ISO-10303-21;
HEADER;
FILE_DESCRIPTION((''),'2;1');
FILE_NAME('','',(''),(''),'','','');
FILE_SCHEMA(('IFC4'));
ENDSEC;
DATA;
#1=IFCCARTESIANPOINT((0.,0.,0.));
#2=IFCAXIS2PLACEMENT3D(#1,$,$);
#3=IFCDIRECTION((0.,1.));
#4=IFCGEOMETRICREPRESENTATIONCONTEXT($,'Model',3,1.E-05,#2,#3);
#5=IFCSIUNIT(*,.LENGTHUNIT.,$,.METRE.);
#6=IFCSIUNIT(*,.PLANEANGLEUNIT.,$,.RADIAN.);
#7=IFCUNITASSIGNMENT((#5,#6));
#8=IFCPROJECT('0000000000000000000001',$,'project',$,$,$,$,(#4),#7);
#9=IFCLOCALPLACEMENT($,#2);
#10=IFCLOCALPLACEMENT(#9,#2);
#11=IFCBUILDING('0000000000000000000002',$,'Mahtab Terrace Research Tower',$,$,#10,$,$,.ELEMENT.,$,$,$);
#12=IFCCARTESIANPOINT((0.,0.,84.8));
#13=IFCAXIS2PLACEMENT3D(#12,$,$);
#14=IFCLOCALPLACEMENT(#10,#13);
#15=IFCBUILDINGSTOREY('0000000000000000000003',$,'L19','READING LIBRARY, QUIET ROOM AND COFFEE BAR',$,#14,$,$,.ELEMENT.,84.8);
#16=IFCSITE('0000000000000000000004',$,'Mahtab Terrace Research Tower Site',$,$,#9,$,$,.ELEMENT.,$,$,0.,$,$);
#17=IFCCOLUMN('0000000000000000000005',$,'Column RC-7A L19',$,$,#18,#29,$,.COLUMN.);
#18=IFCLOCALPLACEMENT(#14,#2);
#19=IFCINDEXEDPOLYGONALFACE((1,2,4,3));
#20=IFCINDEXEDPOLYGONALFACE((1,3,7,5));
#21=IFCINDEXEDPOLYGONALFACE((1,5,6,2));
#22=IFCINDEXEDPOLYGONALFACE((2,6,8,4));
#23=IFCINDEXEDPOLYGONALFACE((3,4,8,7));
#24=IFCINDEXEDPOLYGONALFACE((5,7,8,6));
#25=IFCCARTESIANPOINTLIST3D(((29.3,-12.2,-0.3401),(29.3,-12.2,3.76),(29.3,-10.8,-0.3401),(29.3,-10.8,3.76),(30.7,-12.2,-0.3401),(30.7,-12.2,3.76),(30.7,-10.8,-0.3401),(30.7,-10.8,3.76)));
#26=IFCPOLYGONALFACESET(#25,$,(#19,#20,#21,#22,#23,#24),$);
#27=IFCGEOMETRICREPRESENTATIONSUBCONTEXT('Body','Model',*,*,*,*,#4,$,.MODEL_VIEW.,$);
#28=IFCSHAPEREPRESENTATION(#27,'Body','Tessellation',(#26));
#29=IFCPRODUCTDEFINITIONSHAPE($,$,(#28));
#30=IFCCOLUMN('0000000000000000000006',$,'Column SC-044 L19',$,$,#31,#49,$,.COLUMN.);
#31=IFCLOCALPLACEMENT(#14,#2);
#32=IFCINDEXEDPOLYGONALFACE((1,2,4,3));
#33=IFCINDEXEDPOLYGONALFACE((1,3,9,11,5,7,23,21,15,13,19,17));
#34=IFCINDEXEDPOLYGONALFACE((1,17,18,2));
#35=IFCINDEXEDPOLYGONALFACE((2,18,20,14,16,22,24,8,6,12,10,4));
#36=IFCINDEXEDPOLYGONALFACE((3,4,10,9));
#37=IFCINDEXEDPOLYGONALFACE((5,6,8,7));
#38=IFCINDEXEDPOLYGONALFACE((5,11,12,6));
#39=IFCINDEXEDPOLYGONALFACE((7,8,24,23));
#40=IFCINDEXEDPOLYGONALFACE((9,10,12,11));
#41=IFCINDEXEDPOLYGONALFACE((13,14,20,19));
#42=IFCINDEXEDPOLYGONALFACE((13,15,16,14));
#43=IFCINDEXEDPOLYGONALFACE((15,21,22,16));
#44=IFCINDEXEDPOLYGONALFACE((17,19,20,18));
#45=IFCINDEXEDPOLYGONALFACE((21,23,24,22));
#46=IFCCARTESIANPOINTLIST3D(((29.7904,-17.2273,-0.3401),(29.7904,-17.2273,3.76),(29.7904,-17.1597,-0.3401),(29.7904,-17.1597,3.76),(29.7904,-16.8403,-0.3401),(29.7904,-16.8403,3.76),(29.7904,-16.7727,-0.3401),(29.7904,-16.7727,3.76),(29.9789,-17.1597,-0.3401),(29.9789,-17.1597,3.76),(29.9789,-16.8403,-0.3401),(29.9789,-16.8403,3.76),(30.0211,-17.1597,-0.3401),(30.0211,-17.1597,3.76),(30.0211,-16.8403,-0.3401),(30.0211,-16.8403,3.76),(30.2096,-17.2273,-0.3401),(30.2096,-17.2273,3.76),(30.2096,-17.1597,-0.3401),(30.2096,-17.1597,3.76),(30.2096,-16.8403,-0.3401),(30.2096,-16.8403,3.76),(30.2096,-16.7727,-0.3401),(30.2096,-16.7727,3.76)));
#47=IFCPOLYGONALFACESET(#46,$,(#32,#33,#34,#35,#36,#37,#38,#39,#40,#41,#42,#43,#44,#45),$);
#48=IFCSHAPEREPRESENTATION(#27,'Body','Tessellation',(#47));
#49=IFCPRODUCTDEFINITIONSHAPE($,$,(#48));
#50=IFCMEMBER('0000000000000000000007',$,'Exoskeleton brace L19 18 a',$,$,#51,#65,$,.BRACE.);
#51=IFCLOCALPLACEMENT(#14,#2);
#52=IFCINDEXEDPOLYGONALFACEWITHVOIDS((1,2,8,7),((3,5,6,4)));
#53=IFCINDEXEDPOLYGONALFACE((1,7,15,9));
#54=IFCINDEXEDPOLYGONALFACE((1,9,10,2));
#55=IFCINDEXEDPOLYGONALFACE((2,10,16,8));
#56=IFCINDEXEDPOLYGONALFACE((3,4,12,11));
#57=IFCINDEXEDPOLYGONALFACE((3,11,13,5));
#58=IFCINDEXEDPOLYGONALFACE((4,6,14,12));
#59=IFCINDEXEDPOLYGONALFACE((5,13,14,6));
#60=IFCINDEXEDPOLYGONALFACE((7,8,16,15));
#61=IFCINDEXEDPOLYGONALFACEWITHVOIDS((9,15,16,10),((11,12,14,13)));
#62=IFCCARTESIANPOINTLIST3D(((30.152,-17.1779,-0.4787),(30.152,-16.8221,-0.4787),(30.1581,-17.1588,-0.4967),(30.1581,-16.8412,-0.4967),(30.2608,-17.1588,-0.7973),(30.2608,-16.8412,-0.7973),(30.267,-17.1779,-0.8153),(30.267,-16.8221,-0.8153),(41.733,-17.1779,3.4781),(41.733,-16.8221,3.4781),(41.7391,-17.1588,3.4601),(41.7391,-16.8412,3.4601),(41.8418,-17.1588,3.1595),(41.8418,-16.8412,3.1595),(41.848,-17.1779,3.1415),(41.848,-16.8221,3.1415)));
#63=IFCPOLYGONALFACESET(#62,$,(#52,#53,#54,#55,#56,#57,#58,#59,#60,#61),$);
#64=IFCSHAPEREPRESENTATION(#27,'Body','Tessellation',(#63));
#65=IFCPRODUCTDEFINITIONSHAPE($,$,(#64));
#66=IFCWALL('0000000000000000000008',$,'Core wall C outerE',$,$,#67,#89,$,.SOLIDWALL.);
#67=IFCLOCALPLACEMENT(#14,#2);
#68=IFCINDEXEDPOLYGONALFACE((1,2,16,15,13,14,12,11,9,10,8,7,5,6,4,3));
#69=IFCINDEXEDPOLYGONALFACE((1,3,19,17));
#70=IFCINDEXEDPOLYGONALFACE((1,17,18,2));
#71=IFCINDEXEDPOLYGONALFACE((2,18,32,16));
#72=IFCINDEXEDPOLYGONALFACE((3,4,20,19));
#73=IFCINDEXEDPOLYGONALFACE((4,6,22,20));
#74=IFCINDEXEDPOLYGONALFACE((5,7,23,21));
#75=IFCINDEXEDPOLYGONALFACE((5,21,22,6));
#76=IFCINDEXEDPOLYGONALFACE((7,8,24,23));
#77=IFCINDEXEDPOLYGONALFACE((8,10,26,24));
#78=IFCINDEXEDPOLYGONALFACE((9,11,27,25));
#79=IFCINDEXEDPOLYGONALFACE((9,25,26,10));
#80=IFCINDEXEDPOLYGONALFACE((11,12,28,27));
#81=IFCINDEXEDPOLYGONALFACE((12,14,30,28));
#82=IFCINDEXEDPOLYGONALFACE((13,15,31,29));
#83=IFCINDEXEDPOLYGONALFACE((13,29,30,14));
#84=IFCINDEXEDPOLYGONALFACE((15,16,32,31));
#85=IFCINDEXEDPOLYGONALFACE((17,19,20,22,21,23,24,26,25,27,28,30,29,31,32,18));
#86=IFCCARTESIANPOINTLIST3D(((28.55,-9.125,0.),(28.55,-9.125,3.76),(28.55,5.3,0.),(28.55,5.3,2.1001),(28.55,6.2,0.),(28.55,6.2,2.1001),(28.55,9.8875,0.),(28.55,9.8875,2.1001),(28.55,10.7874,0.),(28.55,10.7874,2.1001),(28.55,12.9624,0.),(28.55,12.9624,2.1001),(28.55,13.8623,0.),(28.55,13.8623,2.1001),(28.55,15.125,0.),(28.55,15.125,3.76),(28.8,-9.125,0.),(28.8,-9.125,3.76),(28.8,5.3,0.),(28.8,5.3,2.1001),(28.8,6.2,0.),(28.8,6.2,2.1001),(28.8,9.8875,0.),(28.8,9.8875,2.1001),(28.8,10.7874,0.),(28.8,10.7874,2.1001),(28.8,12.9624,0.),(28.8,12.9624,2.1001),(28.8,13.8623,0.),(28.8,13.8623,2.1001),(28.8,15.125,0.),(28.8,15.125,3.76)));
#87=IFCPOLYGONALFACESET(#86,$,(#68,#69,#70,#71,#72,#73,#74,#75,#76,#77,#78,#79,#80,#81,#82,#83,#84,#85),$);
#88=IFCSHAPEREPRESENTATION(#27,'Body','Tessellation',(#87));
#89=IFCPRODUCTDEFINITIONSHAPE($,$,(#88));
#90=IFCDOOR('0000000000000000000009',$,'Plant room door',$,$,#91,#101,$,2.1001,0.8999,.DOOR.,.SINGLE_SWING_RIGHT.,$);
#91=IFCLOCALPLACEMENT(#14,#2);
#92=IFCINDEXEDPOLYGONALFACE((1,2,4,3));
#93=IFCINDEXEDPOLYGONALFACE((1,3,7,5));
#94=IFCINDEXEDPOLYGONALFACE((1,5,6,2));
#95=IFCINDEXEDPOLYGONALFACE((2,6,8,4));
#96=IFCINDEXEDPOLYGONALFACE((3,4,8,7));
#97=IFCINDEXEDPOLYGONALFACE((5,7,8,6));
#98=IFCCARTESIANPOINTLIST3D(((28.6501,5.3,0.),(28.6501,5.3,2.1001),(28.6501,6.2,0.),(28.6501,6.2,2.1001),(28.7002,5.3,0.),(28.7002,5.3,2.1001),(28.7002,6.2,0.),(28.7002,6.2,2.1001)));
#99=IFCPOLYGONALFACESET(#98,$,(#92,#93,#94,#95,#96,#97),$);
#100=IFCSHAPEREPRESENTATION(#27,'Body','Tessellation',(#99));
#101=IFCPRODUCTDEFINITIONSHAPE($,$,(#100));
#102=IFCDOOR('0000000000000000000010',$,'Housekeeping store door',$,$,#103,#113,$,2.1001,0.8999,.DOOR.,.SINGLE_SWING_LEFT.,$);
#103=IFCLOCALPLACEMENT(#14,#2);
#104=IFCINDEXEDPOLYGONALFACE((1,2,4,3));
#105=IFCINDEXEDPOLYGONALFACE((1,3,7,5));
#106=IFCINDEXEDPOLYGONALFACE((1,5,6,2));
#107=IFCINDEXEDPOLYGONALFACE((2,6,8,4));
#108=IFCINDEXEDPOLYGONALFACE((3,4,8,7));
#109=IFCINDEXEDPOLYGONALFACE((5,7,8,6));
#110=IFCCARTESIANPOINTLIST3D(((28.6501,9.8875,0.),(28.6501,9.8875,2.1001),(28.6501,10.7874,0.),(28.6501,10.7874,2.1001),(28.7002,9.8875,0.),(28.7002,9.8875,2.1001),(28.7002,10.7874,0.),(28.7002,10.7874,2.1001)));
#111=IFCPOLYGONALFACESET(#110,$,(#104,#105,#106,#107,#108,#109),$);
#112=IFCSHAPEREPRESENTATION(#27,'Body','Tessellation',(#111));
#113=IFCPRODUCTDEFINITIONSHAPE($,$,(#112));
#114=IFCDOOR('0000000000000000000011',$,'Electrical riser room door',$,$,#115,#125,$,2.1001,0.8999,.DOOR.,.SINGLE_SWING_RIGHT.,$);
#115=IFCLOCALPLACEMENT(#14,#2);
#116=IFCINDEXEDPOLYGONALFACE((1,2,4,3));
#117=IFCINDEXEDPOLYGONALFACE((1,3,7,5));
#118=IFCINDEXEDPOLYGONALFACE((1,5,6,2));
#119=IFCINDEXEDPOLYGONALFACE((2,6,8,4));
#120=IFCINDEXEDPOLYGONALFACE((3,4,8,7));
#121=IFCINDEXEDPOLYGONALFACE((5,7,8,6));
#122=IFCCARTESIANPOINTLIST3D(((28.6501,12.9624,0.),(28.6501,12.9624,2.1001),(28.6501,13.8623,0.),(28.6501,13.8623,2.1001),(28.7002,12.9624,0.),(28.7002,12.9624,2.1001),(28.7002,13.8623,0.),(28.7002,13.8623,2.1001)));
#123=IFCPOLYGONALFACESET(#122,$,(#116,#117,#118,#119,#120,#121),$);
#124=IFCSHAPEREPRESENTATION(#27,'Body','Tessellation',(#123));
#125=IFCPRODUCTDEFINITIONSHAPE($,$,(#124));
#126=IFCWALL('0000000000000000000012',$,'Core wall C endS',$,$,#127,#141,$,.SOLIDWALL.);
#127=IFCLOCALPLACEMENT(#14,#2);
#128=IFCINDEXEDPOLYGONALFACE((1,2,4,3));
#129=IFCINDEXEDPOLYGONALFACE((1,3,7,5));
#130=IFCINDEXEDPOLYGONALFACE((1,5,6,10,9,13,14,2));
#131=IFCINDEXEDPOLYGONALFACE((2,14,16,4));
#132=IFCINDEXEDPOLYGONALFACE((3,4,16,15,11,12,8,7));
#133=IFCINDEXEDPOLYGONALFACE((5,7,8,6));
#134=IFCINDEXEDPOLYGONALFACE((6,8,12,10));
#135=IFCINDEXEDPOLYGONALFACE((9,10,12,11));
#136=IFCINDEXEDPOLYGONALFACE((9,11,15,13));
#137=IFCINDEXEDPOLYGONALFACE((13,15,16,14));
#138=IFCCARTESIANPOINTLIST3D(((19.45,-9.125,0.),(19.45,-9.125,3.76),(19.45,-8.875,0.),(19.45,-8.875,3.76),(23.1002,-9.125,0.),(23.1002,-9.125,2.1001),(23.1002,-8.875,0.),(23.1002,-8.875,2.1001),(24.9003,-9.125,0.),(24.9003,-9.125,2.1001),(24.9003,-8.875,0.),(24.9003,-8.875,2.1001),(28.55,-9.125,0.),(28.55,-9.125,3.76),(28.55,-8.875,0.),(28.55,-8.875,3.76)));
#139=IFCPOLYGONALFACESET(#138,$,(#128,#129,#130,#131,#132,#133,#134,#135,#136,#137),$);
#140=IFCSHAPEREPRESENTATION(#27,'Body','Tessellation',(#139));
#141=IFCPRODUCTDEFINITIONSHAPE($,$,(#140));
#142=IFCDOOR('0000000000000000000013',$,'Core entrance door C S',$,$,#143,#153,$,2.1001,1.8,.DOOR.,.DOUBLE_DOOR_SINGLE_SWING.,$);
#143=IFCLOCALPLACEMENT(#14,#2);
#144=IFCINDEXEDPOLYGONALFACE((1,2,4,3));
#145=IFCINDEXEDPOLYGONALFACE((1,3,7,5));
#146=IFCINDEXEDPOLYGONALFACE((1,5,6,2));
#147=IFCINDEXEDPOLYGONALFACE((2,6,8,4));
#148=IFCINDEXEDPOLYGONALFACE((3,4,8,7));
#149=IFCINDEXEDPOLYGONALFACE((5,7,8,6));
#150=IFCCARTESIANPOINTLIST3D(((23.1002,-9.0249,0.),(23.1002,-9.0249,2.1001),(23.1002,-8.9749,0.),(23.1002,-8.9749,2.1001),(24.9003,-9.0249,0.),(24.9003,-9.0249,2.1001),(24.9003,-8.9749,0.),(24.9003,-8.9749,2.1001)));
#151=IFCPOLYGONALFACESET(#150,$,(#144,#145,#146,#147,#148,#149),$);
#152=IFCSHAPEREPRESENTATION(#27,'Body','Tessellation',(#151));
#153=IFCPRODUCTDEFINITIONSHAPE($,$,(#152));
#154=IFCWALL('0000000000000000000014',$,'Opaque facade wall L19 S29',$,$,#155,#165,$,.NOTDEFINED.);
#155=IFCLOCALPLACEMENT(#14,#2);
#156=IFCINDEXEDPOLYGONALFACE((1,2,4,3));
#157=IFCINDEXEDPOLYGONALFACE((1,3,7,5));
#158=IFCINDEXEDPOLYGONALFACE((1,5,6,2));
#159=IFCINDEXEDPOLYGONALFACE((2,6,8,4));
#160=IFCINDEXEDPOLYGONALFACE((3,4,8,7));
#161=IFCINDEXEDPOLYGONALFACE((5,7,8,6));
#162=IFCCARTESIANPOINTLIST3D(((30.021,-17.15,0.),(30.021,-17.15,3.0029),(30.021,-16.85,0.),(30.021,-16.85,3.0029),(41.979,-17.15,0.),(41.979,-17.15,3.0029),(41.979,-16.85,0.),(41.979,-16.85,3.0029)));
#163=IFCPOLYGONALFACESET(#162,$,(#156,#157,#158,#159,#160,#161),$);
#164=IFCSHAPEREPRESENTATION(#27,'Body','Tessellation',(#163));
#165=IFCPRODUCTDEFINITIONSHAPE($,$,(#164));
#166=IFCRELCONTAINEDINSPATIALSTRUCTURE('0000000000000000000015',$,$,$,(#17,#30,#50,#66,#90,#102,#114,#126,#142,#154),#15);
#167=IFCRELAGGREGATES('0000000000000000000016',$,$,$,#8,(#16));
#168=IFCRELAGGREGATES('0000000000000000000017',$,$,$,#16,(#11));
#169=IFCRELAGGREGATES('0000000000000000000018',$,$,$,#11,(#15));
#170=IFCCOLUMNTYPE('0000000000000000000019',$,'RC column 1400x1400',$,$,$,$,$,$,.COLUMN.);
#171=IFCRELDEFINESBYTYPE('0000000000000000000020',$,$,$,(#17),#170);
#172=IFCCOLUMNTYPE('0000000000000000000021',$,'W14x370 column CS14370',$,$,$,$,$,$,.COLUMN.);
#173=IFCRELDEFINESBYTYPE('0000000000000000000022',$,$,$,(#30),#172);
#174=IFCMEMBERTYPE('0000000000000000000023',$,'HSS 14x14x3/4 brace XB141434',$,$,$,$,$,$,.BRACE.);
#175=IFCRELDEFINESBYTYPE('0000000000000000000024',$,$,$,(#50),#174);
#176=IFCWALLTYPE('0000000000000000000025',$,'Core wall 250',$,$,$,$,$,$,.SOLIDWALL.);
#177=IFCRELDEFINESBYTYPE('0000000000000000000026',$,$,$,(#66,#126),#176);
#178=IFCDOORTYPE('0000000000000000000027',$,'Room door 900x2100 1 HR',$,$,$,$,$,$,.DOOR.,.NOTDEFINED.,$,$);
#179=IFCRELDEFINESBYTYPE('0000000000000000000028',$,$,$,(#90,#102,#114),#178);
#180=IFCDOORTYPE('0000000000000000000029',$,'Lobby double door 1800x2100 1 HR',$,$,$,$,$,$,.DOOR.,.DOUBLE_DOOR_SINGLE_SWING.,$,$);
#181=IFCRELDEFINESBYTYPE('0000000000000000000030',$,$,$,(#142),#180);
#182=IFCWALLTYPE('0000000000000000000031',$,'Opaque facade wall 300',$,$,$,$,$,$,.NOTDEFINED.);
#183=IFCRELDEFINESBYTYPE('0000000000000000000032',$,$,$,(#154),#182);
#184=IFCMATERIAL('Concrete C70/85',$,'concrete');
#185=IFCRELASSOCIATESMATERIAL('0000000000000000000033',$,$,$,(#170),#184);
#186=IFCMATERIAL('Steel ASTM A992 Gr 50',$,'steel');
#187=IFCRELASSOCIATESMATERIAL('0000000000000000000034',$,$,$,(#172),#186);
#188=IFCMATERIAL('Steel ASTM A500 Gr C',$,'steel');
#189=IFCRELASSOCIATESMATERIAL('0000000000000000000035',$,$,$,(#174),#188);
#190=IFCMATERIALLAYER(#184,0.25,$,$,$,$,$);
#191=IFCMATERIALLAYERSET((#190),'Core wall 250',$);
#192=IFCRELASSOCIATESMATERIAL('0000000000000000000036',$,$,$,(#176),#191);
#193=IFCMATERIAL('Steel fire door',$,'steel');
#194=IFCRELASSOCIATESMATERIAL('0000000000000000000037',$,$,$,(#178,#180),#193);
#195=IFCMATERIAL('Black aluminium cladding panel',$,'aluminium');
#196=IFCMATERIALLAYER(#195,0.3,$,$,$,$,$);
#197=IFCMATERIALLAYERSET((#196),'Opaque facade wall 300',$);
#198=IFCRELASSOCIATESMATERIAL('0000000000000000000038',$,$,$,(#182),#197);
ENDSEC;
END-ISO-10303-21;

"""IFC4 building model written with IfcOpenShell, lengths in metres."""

from ifc_helpers import new_model, si_unit, direction, frame, frame_2d, origin, origin_2d, place, context, subcontext, project, spatial, rectangle, hollow_rectangle, i_section, extrude, material, layer, layer_set, material_profile, profile_set, type_object, element, fill, save


model = new_model("IFC4")

# Units and contexts
model_context = context("Model", 3, precision=1e-05, world=origin(), true_north=direction((0.0, 1.0)))
body_context = subcontext(model_context, "Body", "Model", "MODEL_VIEW")
ifc_project = project(units=[si_unit("LENGTHUNIT", "METRE"), si_unit("PLANEANGLEUNIT", "RADIAN")], contexts=[model_context])

# Site, building, storey
site_placement = place(None, origin())
site = spatial("IfcSite", under=ifc_project, at=site_placement, Name="Mahtab Terrace Research Tower Site", CompositionType="ELEMENT", RefElevation=0.0)
building_placement = place(site_placement, origin())
building = spatial("IfcBuilding", under=site, at=building_placement, Name="Mahtab Terrace Research Tower", CompositionType="ELEMENT")
storey_placement = place(building_placement, frame((0.0, 0.0, 84.8)))
storey = spatial("IfcBuildingStorey", under=building, at=storey_placement, Name="L19", Description="READING LIBRARY, QUIET ROOM AND COFFEE BAR", CompositionType="ELEMENT", Elevation=84.8)

# Columns
ifc_material_1 = material(Name="Concrete C70/85", Category="concrete")
ifc_material_profile_1 = material_profile(ifc_material_1, rectangle(XDim=1.3999, YDim=1.3999, at=origin_2d()), Name="RC column 1400x1400")
ifc_profile_set_1 = profile_set([ifc_material_profile_1], Name="Concrete C70/85")
column_type_1 = type_object("IfcColumnType", Name="RC column 1400x1400", PredefinedType="COLUMN", material=ifc_profile_set_1)
column_1_placement = place(storey_placement, frame((30.0, -11.5, -0.3401), z_axis=(0.0, 0.0, 1.0), x_axis=(1.0, 0.0, 0.0)))
element("IfcColumn", 1, at=column_1_placement, inside=storey, type_object=column_type_1, Name="Column RC-7A L19", PredefinedType="COLUMN", context=body_context, shape_type="SweptSolid", body=[
    extrude(rectangle(XDim=1.3999, YDim=1.3999, at=origin_2d()), origin(), (0.0, 0.0, 1.0), 4.1001),
])
ifc_material_2 = material(Name="Steel ASTM A992 Gr 50", Category="steel")
ifc_material_profile_2 = material_profile(ifc_material_2, i_section(OverallWidth=0.4192, OverallDepth=0.4546, WebThickness=0.0422, FlangeThickness=0.0676, at=origin_2d()), Name="W14X370")
ifc_profile_set_2 = profile_set([ifc_material_profile_2], Name="Steel ASTM A992 Gr 50")
column_type_2 = type_object("IfcColumnType", Name="W14x370 column CS14370", PredefinedType="COLUMN", material=ifc_profile_set_2)
column_2_placement = place(storey_placement, frame((30.0, -17.0, -0.3401), z_axis=(0.0, 0.0, 1.0), x_axis=(1.0, 0.0, 0.0)))
element("IfcColumn", 2, at=column_2_placement, inside=storey, type_object=column_type_2, Name="Column SC-044 L19", PredefinedType="COLUMN", context=body_context, shape_type="SweptSolid", body=[
    extrude(i_section(OverallWidth=0.4192, OverallDepth=0.4546, WebThickness=0.0422, FlangeThickness=0.0676, at=origin_2d()), origin(), (0.0, 0.0, 1.0), 4.1001),
])

# Member
ifc_material_3 = material(Name="Steel ASTM A500 Gr C", Category="steel")
ifc_material_profile_3 = material_profile(ifc_material_3, hollow_rectangle(XDim=0.3557, YDim=0.3557, WallThickness=0.019, at=origin_2d()), Name="HSS14X14X3/4")
ifc_profile_set_3 = profile_set([ifc_material_profile_3], Name="Steel ASTM A500 Gr C")
member_type = type_object("IfcMemberType", Name="HSS 14x14x3/4 brace XB141434", PredefinedType="BRACE", material=ifc_profile_set_3)
member_placement = place(storey_placement, frame((30.2095, -17.0, -0.647), z_axis=(0.946293, 0.0, 0.323311), x_axis=(0.0, 1.0, 0.0)))
element("IfcMember", 3, at=member_placement, inside=storey, type_object=member_type, Name="Exoskeleton brace L19 18 a", PredefinedType="BRACE", context=body_context, shape_type="SweptSolid", body=[
    extrude(hollow_rectangle(XDim=0.3557, YDim=0.3557, WallThickness=0.019, at=origin_2d()), origin(), (0.0, 0.0, 1.0), 12.2383),
])

# Wall, openings, doors
ifc_layer_1 = layer(ifc_material_1, 0.25)
ifc_layer_set_1 = layer_set([ifc_layer_1], Name="Core wall 250")
wall_type_1 = type_object("IfcWallType", Name="Core wall 250", PredefinedType="SOLIDWALL", material=ifc_layer_set_1)
wall_1_placement = place(storey_placement, frame((28.675, -9.125, 0.0), z_axis=(0.0, 0.0, 1.0), x_axis=(0.0, 1.0, 0.0)))
wall_1 = element("IfcWall", 4, at=wall_1_placement, inside=storey, type_object=wall_type_1, Name="Core wall C outerE", PredefinedType="SOLIDWALL", context=body_context, shape_type="SweptSolid", body=[
    extrude(rectangle(XDim=24.25, YDim=0.25, at=frame_2d((12.125, 0.0))), origin(), (0.0, 0.0, 1.0), 3.76),
])
opening_1_placement = place(wall_1_placement, frame((14.425, 0.0, 0.0)))
opening_1 = element("IfcOpeningElement", 5, at=opening_1_placement, cuts=wall_1, PredefinedType="OPENING", context=body_context, shape_type="SweptSolid", body=[
    extrude(rectangle(XDim=0.8999, YDim=2.1001, at=frame_2d((0.45, 1.05))), frame((0.0, 0.135, 0.0), z_axis=(0.0, -1.0, 0.0), x_axis=(1.0, 0.0, 0.0)), (0.0, 0.0, 1.0), 0.27),
])
opening_2_placement = place(wall_1_placement, frame((19.0125, 0.0, 0.0)))
opening_2 = element("IfcOpeningElement", 6, at=opening_2_placement, cuts=wall_1, PredefinedType="OPENING", context=body_context, shape_type="SweptSolid", body=[
    extrude(rectangle(XDim=0.8999, YDim=2.1001, at=frame_2d((0.45, 1.05))), frame((0.0, 0.135, 0.0), z_axis=(0.0, -1.0, 0.0), x_axis=(1.0, 0.0, 0.0)), (0.0, 0.0, 1.0), 0.27),
])
opening_3_placement = place(wall_1_placement, frame((22.0874, 0.0, 0.0)))
opening_3 = element("IfcOpeningElement", 7, at=opening_3_placement, cuts=wall_1, PredefinedType="OPENING", context=body_context, shape_type="SweptSolid", body=[
    extrude(rectangle(XDim=0.8999, YDim=2.1001, at=frame_2d((0.45, 1.05))), frame((0.0, 0.135, 0.0), z_axis=(0.0, -1.0, 0.0), x_axis=(1.0, 0.0, 0.0)), (0.0, 0.0, 1.0), 0.27),
])
ifc_material_4 = material(Name="Steel fire door", Category="steel")
door_type_1 = type_object("IfcDoorType", Name="Room door 900x2100 1 HR", OperationType="NOTDEFINED", PredefinedType="DOOR", material=ifc_material_4)
door_1_placement = place(opening_1_placement, origin())
door_1 = element("IfcDoor", 8, at=door_1_placement, inside=storey, type_object=door_type_1, Name="Plant room door", OperationType="SINGLE_SWING_RIGHT", OverallHeight=2.1001, OverallWidth=0.8999, PredefinedType="DOOR", context=body_context, shape_type="SweptSolid", body=[
    extrude(rectangle(XDim=0.8999, YDim=2.1001, at=frame_2d((0.45, 1.05))), frame((0.0, 0.0249, 0.0), z_axis=(0.0, -1.0, 0.0), x_axis=(1.0, 0.0, 0.0)), (0.0, 0.0, 1.0), 0.05),
])
fill(opening_1, door_1)
door_2_placement = place(opening_2_placement, origin())
door_2 = element("IfcDoor", 9, at=door_2_placement, inside=storey, type_object=door_type_1, Name="Housekeeping store door", OperationType="SINGLE_SWING_LEFT", OverallHeight=2.1001, OverallWidth=0.8999, PredefinedType="DOOR", context=body_context, shape_type="SweptSolid", body=[
    extrude(rectangle(XDim=0.8999, YDim=2.1001, at=frame_2d((0.45, 1.05))), frame((0.0, 0.0249, 0.0), z_axis=(0.0, -1.0, 0.0), x_axis=(1.0, 0.0, 0.0)), (0.0, 0.0, 1.0), 0.05),
])
fill(opening_2, door_2)
door_3_placement = place(opening_3_placement, origin())
door_3 = element("IfcDoor", 10, at=door_3_placement, inside=storey, type_object=door_type_1, Name="Electrical riser room door", OperationType="SINGLE_SWING_RIGHT", OverallHeight=2.1001, OverallWidth=0.8999, PredefinedType="DOOR", context=body_context, shape_type="SweptSolid", body=[
    extrude(rectangle(XDim=0.8999, YDim=2.1001, at=frame_2d((0.45, 1.05))), frame((0.0, 0.0249, 0.0), z_axis=(0.0, -1.0, 0.0), x_axis=(1.0, 0.0, 0.0)), (0.0, 0.0, 1.0), 0.05),
])
fill(opening_3, door_3)

# Wall, opening, door
wall_2_placement = place(storey_placement, frame((28.55, -9.0, 0.0), z_axis=(0.0, 0.0, 1.0), x_axis=(-1.0, 0.0, 0.0)))
wall_2 = element("IfcWall", 11, at=wall_2_placement, inside=storey, type_object=wall_type_1, Name="Core wall C endS", PredefinedType="SOLIDWALL", context=body_context, shape_type="SweptSolid", body=[
    extrude(rectangle(XDim=9.1001, YDim=0.25, at=frame_2d((4.55, 0.0))), origin(), (0.0, 0.0, 1.0), 3.76),
])
opening_4_placement = place(wall_2_placement, frame((3.6499, 0.0, 0.0)))
opening_4 = element("IfcOpeningElement", 12, at=opening_4_placement, cuts=wall_2, PredefinedType="OPENING", context=body_context, shape_type="SweptSolid", body=[
    extrude(rectangle(XDim=1.8, YDim=2.1001, at=frame_2d((0.8999, 1.05))), frame((0.0, 0.135, 0.0), z_axis=(0.0, -1.0, 0.0), x_axis=(1.0, 0.0, 0.0)), (0.0, 0.0, 1.0), 0.27),
])
door_type_2 = type_object("IfcDoorType", Name="Lobby double door 1800x2100 1 HR", OperationType="DOUBLE_DOOR_SINGLE_SWING", PredefinedType="DOOR", material=ifc_material_4)
door_4_placement = place(opening_4_placement, origin())
door_4 = element("IfcDoor", 13, at=door_4_placement, inside=storey, type_object=door_type_2, Name="Core entrance door C S", OperationType="DOUBLE_DOOR_SINGLE_SWING", OverallHeight=2.1001, OverallWidth=1.8, PredefinedType="DOOR", context=body_context, shape_type="SweptSolid", body=[
    extrude(rectangle(XDim=1.8, YDim=2.1001, at=frame_2d((0.8999, 1.05))), frame((0.0, 0.0249, 0.0), z_axis=(0.0, -1.0, 0.0), x_axis=(1.0, 0.0, 0.0)), (0.0, 0.0, 1.0), 0.05),
])
fill(opening_4, door_4)

# Wall
ifc_material_5 = material(Name="Black aluminium cladding panel", Category="aluminium")
ifc_layer_2 = layer(ifc_material_5, 0.3)
ifc_layer_set_2 = layer_set([ifc_layer_2], Name="Opaque facade wall 300")
wall_type_2 = type_object("IfcWallType", Name="Opaque facade wall 300", PredefinedType="NOTDEFINED", material=ifc_layer_set_2)
wall_3_placement = place(storey_placement, frame((30.021, -17.0, 0.0), z_axis=(0.0, 0.0, 1.0), x_axis=(1.0, 0.0, 0.0)))
element("IfcWall", 14, at=wall_3_placement, inside=storey, type_object=wall_type_2, Name="Opaque facade wall L19 S29", PredefinedType="NOTDEFINED", context=body_context, shape_type="SweptSolid", body=[
    extrude(rectangle(XDim=11.958, YDim=0.3, at=frame_2d((5.979, 0.0))), origin(), (0.0, 0.0, 1.0), 3.0029),
])

save(model, "model.ifc")
